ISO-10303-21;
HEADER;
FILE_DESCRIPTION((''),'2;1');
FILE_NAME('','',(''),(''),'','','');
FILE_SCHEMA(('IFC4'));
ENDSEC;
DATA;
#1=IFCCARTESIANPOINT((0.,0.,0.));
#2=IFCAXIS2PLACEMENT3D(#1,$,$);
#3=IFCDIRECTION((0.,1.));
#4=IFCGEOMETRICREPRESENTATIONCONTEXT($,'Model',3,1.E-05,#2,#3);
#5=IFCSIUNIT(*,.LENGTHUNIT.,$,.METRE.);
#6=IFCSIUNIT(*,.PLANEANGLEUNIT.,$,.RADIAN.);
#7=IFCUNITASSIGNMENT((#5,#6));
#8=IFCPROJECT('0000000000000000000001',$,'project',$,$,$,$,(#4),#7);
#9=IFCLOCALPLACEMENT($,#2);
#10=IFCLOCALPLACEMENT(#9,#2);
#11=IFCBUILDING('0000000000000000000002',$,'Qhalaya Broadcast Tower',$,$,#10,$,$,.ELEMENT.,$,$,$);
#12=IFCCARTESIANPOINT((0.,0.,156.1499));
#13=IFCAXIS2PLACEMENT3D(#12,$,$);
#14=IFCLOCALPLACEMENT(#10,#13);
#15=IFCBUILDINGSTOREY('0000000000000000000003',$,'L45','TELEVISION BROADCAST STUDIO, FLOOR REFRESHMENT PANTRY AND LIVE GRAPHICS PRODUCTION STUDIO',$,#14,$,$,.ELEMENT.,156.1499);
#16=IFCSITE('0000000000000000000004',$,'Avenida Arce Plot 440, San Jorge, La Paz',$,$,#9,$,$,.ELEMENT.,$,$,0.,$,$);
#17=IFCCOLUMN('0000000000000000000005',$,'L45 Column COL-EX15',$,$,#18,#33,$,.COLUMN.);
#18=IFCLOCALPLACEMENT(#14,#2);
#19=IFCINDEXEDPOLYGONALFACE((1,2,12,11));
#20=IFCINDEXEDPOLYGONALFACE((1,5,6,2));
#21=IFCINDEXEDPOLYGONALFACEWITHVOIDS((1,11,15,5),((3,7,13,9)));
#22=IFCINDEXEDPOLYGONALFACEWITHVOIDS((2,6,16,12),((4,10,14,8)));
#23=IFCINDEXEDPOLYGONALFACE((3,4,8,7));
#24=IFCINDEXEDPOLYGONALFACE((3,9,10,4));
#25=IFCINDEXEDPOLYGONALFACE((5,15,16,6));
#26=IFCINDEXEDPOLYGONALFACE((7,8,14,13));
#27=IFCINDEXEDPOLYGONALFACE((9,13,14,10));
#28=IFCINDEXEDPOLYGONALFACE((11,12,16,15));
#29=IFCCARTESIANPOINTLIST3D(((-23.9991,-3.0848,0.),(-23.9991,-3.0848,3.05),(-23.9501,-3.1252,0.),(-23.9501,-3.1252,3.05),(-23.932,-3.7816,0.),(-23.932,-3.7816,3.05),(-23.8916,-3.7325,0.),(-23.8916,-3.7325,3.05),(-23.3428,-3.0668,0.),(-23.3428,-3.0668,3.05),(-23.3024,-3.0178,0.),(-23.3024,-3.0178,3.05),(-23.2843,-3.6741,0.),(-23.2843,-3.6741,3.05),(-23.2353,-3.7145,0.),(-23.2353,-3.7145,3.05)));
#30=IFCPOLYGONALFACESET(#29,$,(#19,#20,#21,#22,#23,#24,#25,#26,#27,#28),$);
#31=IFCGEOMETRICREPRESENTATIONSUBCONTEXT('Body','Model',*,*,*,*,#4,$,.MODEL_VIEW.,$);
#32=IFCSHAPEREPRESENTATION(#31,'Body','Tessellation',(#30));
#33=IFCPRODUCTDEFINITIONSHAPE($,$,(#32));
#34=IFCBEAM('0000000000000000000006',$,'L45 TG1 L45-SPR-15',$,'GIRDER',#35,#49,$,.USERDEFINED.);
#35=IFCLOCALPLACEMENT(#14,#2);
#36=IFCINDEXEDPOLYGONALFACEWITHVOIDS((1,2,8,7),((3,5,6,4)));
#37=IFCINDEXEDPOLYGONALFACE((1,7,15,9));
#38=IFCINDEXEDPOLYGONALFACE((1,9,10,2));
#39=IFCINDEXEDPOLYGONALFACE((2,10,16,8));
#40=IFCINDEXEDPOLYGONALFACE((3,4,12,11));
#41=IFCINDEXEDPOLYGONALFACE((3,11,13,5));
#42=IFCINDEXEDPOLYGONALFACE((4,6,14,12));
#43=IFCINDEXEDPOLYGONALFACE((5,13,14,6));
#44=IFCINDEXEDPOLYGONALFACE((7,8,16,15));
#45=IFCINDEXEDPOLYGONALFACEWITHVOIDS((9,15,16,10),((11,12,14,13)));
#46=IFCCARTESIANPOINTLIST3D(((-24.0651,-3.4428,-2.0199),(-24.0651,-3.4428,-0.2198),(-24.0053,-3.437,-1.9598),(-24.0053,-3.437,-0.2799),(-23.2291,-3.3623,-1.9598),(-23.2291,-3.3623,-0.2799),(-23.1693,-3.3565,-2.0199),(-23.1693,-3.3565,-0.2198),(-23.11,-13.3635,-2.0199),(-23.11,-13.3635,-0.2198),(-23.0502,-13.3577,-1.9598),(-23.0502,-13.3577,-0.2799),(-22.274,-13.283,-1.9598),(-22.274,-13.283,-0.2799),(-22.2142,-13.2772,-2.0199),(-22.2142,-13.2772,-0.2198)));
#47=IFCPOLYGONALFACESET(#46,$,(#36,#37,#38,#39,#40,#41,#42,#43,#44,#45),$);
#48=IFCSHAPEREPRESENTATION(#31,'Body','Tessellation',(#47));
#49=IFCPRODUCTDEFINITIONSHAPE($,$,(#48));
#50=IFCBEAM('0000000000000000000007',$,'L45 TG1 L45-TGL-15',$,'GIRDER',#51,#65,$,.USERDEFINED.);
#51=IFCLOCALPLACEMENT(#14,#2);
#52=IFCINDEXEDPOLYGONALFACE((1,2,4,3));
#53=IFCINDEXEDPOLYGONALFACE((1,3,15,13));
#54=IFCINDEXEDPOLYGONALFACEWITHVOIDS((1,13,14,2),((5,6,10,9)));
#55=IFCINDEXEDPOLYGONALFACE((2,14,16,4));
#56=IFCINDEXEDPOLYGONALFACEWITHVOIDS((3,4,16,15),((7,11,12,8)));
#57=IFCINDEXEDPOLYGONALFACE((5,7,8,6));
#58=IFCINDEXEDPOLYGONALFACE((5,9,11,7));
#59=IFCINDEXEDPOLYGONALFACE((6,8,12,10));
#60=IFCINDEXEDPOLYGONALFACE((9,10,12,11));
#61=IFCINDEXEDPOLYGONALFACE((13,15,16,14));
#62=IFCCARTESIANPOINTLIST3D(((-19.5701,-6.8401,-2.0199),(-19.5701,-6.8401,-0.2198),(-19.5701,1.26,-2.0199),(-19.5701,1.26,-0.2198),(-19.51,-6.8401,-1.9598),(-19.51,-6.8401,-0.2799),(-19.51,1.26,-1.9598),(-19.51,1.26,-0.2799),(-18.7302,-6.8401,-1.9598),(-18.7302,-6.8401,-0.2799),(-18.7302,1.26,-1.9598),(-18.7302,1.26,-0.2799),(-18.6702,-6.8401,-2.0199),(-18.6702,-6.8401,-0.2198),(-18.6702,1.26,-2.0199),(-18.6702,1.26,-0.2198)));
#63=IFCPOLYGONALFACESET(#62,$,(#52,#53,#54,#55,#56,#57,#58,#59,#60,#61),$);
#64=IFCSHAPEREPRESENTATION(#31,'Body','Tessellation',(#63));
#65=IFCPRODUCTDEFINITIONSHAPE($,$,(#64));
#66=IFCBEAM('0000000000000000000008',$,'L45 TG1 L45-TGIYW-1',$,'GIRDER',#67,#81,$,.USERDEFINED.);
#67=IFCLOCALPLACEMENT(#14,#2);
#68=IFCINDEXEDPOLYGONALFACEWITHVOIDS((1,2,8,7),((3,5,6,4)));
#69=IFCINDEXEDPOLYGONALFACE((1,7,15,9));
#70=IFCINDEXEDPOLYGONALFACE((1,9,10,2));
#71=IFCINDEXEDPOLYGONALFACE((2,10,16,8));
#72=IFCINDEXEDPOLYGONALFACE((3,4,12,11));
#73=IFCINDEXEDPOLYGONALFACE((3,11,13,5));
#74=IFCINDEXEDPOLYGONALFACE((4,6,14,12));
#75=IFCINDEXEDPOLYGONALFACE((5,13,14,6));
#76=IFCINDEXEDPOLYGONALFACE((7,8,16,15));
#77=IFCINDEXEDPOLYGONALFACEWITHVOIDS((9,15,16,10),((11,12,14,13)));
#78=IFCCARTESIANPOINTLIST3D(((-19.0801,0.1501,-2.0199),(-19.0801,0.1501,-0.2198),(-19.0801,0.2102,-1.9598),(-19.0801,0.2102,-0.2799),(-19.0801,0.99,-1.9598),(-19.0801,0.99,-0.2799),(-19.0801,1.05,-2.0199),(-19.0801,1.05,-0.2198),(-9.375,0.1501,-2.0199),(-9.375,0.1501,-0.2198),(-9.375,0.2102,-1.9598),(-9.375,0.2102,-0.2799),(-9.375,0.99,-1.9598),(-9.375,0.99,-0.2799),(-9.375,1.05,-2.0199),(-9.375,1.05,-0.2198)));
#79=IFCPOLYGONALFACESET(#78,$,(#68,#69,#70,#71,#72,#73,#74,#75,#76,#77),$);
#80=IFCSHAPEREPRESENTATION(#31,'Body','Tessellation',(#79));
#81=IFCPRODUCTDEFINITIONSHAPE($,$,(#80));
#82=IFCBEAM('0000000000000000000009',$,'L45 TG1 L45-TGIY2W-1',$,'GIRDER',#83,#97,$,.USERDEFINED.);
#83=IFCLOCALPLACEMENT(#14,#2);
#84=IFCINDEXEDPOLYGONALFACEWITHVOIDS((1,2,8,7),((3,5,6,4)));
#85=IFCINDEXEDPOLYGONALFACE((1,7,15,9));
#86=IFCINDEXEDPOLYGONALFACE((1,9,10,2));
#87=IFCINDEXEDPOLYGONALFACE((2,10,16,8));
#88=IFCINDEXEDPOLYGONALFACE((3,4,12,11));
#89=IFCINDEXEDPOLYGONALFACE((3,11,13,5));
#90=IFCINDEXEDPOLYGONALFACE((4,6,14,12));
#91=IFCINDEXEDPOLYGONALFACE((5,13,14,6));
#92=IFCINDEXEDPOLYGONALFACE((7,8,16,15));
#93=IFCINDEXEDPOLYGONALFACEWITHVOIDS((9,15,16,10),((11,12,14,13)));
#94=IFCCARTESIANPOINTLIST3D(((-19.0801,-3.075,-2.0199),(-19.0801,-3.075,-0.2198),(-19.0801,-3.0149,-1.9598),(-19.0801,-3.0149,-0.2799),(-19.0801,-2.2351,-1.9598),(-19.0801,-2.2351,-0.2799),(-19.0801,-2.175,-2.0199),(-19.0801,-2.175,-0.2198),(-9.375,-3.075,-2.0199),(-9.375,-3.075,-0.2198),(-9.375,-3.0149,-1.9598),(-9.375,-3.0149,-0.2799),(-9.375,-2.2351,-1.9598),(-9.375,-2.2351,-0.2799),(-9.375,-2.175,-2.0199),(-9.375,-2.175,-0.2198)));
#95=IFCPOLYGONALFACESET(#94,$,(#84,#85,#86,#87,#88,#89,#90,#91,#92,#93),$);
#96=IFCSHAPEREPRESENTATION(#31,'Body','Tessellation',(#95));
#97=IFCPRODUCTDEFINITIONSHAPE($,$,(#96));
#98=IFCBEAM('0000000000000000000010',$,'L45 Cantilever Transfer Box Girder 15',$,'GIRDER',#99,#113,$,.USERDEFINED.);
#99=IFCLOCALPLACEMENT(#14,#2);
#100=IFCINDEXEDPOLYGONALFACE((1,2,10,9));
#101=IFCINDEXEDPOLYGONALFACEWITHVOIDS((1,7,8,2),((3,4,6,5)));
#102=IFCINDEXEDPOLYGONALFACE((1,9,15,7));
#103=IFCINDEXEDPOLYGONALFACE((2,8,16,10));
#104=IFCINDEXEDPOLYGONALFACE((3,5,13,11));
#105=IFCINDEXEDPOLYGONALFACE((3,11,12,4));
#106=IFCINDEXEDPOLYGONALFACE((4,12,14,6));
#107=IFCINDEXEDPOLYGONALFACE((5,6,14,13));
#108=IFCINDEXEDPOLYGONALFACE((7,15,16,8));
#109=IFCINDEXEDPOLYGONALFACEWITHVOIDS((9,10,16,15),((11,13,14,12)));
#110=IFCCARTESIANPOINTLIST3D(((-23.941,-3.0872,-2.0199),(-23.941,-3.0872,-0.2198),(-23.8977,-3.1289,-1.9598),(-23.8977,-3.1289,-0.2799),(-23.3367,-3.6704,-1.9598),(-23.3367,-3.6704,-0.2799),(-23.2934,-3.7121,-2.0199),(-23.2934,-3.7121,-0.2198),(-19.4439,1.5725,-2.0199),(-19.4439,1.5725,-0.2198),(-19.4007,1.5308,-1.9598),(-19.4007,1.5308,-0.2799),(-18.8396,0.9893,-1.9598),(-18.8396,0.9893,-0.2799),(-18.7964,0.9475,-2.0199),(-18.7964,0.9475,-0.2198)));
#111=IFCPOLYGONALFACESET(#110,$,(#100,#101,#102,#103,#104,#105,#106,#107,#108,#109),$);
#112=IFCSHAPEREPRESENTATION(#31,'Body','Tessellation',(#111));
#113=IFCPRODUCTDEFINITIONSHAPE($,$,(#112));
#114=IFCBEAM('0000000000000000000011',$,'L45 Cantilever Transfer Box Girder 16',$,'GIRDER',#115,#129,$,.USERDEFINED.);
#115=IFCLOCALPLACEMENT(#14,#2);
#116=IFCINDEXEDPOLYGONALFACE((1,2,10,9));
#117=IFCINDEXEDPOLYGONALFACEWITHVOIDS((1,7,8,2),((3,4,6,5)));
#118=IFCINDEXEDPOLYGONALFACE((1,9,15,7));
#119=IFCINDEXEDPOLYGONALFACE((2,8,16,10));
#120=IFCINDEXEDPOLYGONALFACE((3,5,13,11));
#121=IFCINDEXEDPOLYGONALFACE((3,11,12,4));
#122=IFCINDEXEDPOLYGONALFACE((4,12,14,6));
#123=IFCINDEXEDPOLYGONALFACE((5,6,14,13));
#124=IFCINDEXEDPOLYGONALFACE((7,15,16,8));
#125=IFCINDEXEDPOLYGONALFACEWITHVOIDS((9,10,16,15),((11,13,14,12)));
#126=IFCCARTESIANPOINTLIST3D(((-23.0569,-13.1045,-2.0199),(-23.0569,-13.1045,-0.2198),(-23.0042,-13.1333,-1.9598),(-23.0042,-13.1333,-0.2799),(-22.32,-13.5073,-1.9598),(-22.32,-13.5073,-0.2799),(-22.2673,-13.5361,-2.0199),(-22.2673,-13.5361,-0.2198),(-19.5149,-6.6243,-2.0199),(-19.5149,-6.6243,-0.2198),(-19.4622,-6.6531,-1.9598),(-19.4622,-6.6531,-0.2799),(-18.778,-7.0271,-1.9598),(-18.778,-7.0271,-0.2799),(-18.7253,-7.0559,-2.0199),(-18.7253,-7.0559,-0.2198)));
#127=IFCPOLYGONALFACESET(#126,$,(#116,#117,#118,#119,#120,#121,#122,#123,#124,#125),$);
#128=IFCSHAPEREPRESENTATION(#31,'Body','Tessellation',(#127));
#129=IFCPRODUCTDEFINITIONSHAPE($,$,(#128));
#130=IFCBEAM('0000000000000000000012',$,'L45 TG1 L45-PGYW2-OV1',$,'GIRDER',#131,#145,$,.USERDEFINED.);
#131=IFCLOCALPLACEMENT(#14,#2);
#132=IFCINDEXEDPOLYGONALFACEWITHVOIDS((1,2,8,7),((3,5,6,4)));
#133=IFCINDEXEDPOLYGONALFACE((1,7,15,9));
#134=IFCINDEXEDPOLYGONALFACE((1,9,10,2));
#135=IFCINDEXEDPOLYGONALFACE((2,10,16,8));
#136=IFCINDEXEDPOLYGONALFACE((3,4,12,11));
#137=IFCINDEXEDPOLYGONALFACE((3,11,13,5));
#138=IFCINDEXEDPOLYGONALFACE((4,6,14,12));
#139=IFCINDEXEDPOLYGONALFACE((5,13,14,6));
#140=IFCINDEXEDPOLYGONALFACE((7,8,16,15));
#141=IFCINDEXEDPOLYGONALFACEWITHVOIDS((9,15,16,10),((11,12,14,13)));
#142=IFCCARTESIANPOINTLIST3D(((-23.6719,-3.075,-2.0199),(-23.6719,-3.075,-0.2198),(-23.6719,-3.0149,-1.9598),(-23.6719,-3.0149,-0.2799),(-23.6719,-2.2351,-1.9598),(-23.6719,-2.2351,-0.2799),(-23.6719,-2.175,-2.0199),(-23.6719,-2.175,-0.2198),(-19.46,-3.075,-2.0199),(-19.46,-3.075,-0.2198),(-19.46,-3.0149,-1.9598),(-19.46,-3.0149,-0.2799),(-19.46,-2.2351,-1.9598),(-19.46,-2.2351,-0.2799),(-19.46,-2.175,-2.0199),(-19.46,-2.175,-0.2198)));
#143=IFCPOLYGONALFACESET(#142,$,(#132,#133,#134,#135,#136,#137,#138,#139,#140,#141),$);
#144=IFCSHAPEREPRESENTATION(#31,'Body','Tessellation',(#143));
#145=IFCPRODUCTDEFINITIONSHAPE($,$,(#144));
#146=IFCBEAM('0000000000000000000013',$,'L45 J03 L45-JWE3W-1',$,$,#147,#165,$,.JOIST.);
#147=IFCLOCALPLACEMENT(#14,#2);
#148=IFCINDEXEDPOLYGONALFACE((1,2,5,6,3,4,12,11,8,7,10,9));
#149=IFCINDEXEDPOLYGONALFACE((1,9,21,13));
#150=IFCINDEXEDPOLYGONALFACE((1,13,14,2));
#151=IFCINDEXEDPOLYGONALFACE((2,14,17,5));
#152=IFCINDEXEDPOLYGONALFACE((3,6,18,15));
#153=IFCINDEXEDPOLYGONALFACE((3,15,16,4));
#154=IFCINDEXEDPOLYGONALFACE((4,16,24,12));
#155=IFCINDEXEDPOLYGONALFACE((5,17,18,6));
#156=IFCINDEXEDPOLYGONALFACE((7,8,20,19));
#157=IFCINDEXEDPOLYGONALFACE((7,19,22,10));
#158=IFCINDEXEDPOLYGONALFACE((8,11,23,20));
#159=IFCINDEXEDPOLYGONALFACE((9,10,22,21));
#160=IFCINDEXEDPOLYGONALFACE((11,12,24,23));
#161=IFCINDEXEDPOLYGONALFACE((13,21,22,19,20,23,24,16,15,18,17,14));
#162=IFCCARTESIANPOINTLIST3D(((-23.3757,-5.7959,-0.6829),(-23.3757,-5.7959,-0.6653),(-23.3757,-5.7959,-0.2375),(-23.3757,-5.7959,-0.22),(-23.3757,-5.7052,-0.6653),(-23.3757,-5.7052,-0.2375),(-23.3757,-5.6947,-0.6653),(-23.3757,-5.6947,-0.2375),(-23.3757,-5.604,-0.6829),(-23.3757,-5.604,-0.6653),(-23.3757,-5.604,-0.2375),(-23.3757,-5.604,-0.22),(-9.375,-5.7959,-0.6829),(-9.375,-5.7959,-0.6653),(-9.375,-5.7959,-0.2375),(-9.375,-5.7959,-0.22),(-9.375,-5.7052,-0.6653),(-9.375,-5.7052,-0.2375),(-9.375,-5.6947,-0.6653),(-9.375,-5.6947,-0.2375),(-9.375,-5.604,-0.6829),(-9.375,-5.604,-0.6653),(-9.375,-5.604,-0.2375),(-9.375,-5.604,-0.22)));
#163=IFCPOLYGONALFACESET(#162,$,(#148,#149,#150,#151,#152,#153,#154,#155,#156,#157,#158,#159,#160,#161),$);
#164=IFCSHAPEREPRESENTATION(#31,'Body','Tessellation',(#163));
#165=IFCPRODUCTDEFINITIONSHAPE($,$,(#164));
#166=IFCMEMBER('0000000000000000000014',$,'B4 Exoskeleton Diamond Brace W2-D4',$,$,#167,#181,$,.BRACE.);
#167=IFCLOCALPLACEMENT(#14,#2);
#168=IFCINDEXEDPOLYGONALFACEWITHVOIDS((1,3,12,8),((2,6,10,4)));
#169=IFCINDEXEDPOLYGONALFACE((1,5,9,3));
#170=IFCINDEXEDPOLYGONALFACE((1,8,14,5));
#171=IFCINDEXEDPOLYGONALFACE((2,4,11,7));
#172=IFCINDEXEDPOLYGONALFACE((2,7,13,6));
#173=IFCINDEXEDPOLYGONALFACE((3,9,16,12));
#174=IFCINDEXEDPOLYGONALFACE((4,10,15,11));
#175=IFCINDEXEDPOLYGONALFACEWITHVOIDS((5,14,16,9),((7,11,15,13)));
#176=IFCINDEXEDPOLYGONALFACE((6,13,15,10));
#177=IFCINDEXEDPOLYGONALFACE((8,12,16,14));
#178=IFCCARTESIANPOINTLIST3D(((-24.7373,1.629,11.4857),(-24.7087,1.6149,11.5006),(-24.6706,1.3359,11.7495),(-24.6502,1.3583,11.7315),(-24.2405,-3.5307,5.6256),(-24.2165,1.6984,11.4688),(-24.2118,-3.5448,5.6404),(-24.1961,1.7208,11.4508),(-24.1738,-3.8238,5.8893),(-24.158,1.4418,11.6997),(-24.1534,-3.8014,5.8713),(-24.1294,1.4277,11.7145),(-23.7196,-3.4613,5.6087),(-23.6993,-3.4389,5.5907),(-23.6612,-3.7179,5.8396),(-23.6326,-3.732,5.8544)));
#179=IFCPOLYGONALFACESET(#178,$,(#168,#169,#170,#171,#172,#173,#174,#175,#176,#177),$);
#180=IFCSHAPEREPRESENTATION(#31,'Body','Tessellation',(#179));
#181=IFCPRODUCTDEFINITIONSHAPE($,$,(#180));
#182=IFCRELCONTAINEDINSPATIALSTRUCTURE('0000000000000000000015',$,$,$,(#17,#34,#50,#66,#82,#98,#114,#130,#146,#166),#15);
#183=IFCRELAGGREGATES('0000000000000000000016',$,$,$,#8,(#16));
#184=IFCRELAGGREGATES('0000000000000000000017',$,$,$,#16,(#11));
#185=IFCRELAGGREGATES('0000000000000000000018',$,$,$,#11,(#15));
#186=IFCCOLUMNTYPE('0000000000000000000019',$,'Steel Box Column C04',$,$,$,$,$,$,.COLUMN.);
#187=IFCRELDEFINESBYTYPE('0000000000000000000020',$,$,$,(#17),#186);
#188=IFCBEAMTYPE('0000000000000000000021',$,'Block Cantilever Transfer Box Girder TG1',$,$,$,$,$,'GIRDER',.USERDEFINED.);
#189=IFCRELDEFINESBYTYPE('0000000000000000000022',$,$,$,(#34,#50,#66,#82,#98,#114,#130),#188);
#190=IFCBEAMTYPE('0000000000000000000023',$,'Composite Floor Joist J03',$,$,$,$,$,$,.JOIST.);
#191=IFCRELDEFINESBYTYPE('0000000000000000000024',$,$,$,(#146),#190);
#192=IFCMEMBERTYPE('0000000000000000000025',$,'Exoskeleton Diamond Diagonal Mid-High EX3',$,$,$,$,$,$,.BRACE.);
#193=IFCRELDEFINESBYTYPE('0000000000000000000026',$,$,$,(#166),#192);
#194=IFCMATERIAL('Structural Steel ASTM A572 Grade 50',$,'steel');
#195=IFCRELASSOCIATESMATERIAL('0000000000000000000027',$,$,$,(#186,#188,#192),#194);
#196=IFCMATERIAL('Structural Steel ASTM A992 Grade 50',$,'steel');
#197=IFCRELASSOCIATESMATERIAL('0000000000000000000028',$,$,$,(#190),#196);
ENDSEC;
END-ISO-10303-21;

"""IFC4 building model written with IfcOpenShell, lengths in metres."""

from ifc_helpers import new_model, si_unit, direction, frame, origin, origin_2d, place, context, subcontext, project, spatial, hollow_rectangle, i_section, extrude, material, material_profile, profile_set, type_object, element, save


model = new_model("IFC4")

# Units and contexts
model_context = context("Model", 3, precision=1e-05, world=origin(), true_north=direction((0.0, 1.0)))
body_context = subcontext(model_context, "Body", "Model", "MODEL_VIEW")
ifc_project = project(units=[si_unit("LENGTHUNIT", "METRE"), si_unit("PLANEANGLEUNIT", "RADIAN")], contexts=[model_context])

# Site, building, storey
site_placement = place(None, origin())
site = spatial("IfcSite", under=ifc_project, at=site_placement, Name="Avenida Arce Plot 440, San Jorge, La Paz", CompositionType="ELEMENT", RefElevation=0.0)
building_placement = place(site_placement, origin())
building = spatial("IfcBuilding", under=site, at=building_placement, Name="Qhalaya Broadcast Tower", CompositionType="ELEMENT")
storey_placement = place(building_placement, frame((0.0, 0.0, 156.1499)))
storey = spatial("IfcBuildingStorey", under=building, at=storey_placement, Name="L45", Description="TELEVISION BROADCAST STUDIO, FLOOR REFRESHMENT PANTRY AND LIVE GRAPHICS PRODUCTION STUDIO", CompositionType="ELEMENT", Elevation=156.1499)

# Column
ifc_material_1 = material(Name="Structural Steel ASTM A572 Grade 50", Category="steel")
ifc_material_profile_1 = material_profile(ifc_material_1, hollow_rectangle(XDim=0.7, YDim=0.7, WallThickness=0.0449, at=origin_2d()), Name="BOX 700x700x45")
ifc_profile_set_1 = profile_set([ifc_material_profile_1], Name="Structural Steel ASTM A572 Grade 50")
column_type = type_object("IfcColumnType", Name="Steel Box Column C04", PredefinedType="COLUMN", material=ifc_profile_set_1)
column_placement = place(storey_placement, frame((-23.6172, -3.3997, 0.0), z_axis=(0.0, 0.0, 1.0), x_axis=(-0.095846, 0.995396, 0.0)))
element("IfcColumn", 1, at=column_placement, inside=storey, type_object=column_type, Name="L45 Column COL-EX15", PredefinedType="COLUMN", context=body_context, shape_type="SweptSolid", body=[
    extrude(hollow_rectangle(XDim=0.7, YDim=0.7, WallThickness=0.0449, at=origin_2d()), origin(), (0.0, 0.0, 1.0), 3.05),
])

# Beams
ifc_material_profile_2 = material_profile(ifc_material_1, hollow_rectangle(XDim=0.8999, YDim=1.8, WallThickness=0.0601, at=origin_2d()), Name="BOX 900x1800x60")
ifc_profile_set_2 = profile_set([ifc_material_profile_2], Name="Structural Steel ASTM A572 Grade 50")
beam_type_1 = type_object("IfcBeamType", Name="Block Cantilever Transfer Box Girder TG1", ElementType="GIRDER", PredefinedType="USERDEFINED", material=ifc_profile_set_2)
beam_1_placement = place(storey_placement, frame((-23.6172, -3.3997, -1.1199), z_axis=(0.095829, -0.995398, 0.0), x_axis=(0.995398, 0.095829, 0.0)))
element("IfcBeam", 2, at=beam_1_placement, inside=storey, type_object=beam_type_1, Name="L45 TG1 L45-SPR-15", ObjectType="GIRDER", PredefinedType="USERDEFINED", context=body_context, shape_type="SweptSolid", body=[
    extrude(hollow_rectangle(XDim=0.8999, YDim=1.8, WallThickness=0.0601, at=origin_2d()), origin(), (0.0, 0.0, 1.0), 9.9666),
])
beam_2_placement = place(storey_placement, frame((-19.1201, 1.26, -1.1199), z_axis=(0.0, -1.0, 0.0), x_axis=(1.0, 0.0, 0.0)))
element("IfcBeam", 3, at=beam_2_placement, inside=storey, type_object=beam_type_1, Name="L45 TG1 L45-TGL-15", ObjectType="GIRDER", PredefinedType="USERDEFINED", context=body_context, shape_type="SweptSolid", body=[
    extrude(hollow_rectangle(XDim=0.8999, YDim=1.8, WallThickness=0.0601, at=origin_2d()), origin(), (0.0, 0.0, 1.0), 8.1001),
])
for number, where, z_axis, x_axis, name in (
    (4, (-19.0801, 0.6001, -1.1199), (1.0, 0.0, 0.0), (0.0, 1.0, 0.0), "L45 TG1 L45-TGIYW-1"),
    (5, (-19.0801, -2.625, -1.1199), (1.0, 0.0, 0.0), (0.0, 1.0, 0.0), "L45 TG1 L45-TGIY2W-1"),
):
    element("IfcBeam", number, at=place(storey_placement, frame(where, z_axis=z_axis, x_axis=x_axis)), inside=storey, type_object=beam_type_1, Name=name, ObjectType="GIRDER", PredefinedType="USERDEFINED", context=body_context, shape_type="SweptSolid", body=[
        extrude(hollow_rectangle(XDim=0.8999, YDim=1.8, WallThickness=0.0601, at=origin_2d()), origin(), (0.0, 0.0, 1.0), 9.7051),
    ])
beam_3_placement = place(storey_placement, frame((-19.1201, 1.26, -1.1199), z_axis=(-0.694441, -0.71955, 0.0), x_axis=(0.71955, -0.694441, 0.0)))
element("IfcBeam", 6, at=beam_3_placement, inside=storey, type_object=beam_type_1, Name="L45 Cantilever Transfer Box Girder 15", ObjectType="GIRDER", PredefinedType="USERDEFINED", context=body_context, shape_type="SweptSolid", body=[
    extrude(hollow_rectangle(XDim=0.8999, YDim=1.8, WallThickness=0.0601, at=origin_2d()), origin(), (0.0, 0.0, 1.0), 6.4758),
])
beam_4_placement = place(storey_placement, frame((-19.1201, -6.8401, -1.1199), z_axis=(-0.479616, -0.877478, 0.0), x_axis=(0.877478, -0.479616, 0.0)))
element("IfcBeam", 7, at=beam_4_placement, inside=storey, type_object=beam_type_1, Name="L45 Cantilever Transfer Box Girder 16", ObjectType="GIRDER", PredefinedType="USERDEFINED", context=body_context, shape_type="SweptSolid", body=[
    extrude(hollow_rectangle(XDim=0.8999, YDim=1.8, WallThickness=0.0601, at=origin_2d()), origin(), (0.0, 0.0, 1.0), 7.385),
])
beam_5_placement = place(storey_placement, frame((-23.6719, -2.625, -1.1199), z_axis=(1.0, 0.0, 0.0), x_axis=(0.0, 1.0, 0.0)))
element("IfcBeam", 8, at=beam_5_placement, inside=storey, type_object=beam_type_1, Name="L45 TG1 L45-PGYW2-OV1", ObjectType="GIRDER", PredefinedType="USERDEFINED", context=body_context, shape_type="SweptSolid", body=[
    extrude(hollow_rectangle(XDim=0.8999, YDim=1.8, WallThickness=0.0601, at=origin_2d()), origin(), (0.0, 0.0, 1.0), 4.2119),
])
ifc_material_2 = material(Name="Structural Steel ASTM A992 Grade 50", Category="steel")
ifc_material_profile_3 = material_profile(ifc_material_2, i_section(OverallWidth=0.1919, OverallDepth=0.4629, WebThickness=0.0105, FlangeThickness=0.0176, at=origin_2d()), Name="W18X60")
ifc_profile_set_3 = profile_set([ifc_material_profile_3], Name="Structural Steel ASTM A992 Grade 50")
beam_type_2 = type_object("IfcBeamType", Name="Composite Floor Joist J03", PredefinedType="JOIST", material=ifc_profile_set_3)
beam_6_placement = place(storey_placement, frame((-23.3757, -5.7, -0.4514), z_axis=(1.0, 0.0, 0.0), x_axis=(0.0, 1.0, 0.0)))
element("IfcBeam", 9, at=beam_6_placement, inside=storey, type_object=beam_type_2, Name="L45 J03 L45-JWE3W-1", PredefinedType="JOIST", context=body_context, shape_type="SweptSolid", body=[
    extrude(i_section(OverallWidth=0.1919, OverallDepth=0.4629, WebThickness=0.0105, FlangeThickness=0.0176, at=origin_2d()), origin(), (0.0, 0.0, 1.0), 14.0007),
])

# Member
ifc_material_profile_4 = material_profile(ifc_material_1, hollow_rectangle(XDim=0.3999, YDim=0.55, WallThickness=0.0249, at=origin_2d()), Name="BOX 400x550x25")
ifc_profile_set_4 = profile_set([ifc_material_profile_4], Name="Structural Steel ASTM A572 Grade 50")
member_type_1 = type_object("IfcMemberType", Name="Exoskeleton Diamond Diagonal Mid-High EX3", PredefinedType="BRACE", material=ifc_profile_set_4)
member_1_placement = place(storey_placement, frame((-23.9365, -3.6313, 5.74), z_axis=(-0.063503, 0.659494, 0.749022), x_axis=(0.166866, -0.732955, 0.659494)))
element("IfcMember", 10, at=member_1_placement, inside=storey, type_object=member_type_1, Name="B4 Exoskeleton Diamond Brace W2-D4", PredefinedType="BRACE", context=body_context, shape_type="SweptSolid", body=[
    extrude(hollow_rectangle(XDim=0.3999, YDim=0.55, WallThickness=0.0249, at=origin_2d()), origin(), (0.0, 0.0, 1.0), 7.8237),
])

save(model, "model.ifc")
